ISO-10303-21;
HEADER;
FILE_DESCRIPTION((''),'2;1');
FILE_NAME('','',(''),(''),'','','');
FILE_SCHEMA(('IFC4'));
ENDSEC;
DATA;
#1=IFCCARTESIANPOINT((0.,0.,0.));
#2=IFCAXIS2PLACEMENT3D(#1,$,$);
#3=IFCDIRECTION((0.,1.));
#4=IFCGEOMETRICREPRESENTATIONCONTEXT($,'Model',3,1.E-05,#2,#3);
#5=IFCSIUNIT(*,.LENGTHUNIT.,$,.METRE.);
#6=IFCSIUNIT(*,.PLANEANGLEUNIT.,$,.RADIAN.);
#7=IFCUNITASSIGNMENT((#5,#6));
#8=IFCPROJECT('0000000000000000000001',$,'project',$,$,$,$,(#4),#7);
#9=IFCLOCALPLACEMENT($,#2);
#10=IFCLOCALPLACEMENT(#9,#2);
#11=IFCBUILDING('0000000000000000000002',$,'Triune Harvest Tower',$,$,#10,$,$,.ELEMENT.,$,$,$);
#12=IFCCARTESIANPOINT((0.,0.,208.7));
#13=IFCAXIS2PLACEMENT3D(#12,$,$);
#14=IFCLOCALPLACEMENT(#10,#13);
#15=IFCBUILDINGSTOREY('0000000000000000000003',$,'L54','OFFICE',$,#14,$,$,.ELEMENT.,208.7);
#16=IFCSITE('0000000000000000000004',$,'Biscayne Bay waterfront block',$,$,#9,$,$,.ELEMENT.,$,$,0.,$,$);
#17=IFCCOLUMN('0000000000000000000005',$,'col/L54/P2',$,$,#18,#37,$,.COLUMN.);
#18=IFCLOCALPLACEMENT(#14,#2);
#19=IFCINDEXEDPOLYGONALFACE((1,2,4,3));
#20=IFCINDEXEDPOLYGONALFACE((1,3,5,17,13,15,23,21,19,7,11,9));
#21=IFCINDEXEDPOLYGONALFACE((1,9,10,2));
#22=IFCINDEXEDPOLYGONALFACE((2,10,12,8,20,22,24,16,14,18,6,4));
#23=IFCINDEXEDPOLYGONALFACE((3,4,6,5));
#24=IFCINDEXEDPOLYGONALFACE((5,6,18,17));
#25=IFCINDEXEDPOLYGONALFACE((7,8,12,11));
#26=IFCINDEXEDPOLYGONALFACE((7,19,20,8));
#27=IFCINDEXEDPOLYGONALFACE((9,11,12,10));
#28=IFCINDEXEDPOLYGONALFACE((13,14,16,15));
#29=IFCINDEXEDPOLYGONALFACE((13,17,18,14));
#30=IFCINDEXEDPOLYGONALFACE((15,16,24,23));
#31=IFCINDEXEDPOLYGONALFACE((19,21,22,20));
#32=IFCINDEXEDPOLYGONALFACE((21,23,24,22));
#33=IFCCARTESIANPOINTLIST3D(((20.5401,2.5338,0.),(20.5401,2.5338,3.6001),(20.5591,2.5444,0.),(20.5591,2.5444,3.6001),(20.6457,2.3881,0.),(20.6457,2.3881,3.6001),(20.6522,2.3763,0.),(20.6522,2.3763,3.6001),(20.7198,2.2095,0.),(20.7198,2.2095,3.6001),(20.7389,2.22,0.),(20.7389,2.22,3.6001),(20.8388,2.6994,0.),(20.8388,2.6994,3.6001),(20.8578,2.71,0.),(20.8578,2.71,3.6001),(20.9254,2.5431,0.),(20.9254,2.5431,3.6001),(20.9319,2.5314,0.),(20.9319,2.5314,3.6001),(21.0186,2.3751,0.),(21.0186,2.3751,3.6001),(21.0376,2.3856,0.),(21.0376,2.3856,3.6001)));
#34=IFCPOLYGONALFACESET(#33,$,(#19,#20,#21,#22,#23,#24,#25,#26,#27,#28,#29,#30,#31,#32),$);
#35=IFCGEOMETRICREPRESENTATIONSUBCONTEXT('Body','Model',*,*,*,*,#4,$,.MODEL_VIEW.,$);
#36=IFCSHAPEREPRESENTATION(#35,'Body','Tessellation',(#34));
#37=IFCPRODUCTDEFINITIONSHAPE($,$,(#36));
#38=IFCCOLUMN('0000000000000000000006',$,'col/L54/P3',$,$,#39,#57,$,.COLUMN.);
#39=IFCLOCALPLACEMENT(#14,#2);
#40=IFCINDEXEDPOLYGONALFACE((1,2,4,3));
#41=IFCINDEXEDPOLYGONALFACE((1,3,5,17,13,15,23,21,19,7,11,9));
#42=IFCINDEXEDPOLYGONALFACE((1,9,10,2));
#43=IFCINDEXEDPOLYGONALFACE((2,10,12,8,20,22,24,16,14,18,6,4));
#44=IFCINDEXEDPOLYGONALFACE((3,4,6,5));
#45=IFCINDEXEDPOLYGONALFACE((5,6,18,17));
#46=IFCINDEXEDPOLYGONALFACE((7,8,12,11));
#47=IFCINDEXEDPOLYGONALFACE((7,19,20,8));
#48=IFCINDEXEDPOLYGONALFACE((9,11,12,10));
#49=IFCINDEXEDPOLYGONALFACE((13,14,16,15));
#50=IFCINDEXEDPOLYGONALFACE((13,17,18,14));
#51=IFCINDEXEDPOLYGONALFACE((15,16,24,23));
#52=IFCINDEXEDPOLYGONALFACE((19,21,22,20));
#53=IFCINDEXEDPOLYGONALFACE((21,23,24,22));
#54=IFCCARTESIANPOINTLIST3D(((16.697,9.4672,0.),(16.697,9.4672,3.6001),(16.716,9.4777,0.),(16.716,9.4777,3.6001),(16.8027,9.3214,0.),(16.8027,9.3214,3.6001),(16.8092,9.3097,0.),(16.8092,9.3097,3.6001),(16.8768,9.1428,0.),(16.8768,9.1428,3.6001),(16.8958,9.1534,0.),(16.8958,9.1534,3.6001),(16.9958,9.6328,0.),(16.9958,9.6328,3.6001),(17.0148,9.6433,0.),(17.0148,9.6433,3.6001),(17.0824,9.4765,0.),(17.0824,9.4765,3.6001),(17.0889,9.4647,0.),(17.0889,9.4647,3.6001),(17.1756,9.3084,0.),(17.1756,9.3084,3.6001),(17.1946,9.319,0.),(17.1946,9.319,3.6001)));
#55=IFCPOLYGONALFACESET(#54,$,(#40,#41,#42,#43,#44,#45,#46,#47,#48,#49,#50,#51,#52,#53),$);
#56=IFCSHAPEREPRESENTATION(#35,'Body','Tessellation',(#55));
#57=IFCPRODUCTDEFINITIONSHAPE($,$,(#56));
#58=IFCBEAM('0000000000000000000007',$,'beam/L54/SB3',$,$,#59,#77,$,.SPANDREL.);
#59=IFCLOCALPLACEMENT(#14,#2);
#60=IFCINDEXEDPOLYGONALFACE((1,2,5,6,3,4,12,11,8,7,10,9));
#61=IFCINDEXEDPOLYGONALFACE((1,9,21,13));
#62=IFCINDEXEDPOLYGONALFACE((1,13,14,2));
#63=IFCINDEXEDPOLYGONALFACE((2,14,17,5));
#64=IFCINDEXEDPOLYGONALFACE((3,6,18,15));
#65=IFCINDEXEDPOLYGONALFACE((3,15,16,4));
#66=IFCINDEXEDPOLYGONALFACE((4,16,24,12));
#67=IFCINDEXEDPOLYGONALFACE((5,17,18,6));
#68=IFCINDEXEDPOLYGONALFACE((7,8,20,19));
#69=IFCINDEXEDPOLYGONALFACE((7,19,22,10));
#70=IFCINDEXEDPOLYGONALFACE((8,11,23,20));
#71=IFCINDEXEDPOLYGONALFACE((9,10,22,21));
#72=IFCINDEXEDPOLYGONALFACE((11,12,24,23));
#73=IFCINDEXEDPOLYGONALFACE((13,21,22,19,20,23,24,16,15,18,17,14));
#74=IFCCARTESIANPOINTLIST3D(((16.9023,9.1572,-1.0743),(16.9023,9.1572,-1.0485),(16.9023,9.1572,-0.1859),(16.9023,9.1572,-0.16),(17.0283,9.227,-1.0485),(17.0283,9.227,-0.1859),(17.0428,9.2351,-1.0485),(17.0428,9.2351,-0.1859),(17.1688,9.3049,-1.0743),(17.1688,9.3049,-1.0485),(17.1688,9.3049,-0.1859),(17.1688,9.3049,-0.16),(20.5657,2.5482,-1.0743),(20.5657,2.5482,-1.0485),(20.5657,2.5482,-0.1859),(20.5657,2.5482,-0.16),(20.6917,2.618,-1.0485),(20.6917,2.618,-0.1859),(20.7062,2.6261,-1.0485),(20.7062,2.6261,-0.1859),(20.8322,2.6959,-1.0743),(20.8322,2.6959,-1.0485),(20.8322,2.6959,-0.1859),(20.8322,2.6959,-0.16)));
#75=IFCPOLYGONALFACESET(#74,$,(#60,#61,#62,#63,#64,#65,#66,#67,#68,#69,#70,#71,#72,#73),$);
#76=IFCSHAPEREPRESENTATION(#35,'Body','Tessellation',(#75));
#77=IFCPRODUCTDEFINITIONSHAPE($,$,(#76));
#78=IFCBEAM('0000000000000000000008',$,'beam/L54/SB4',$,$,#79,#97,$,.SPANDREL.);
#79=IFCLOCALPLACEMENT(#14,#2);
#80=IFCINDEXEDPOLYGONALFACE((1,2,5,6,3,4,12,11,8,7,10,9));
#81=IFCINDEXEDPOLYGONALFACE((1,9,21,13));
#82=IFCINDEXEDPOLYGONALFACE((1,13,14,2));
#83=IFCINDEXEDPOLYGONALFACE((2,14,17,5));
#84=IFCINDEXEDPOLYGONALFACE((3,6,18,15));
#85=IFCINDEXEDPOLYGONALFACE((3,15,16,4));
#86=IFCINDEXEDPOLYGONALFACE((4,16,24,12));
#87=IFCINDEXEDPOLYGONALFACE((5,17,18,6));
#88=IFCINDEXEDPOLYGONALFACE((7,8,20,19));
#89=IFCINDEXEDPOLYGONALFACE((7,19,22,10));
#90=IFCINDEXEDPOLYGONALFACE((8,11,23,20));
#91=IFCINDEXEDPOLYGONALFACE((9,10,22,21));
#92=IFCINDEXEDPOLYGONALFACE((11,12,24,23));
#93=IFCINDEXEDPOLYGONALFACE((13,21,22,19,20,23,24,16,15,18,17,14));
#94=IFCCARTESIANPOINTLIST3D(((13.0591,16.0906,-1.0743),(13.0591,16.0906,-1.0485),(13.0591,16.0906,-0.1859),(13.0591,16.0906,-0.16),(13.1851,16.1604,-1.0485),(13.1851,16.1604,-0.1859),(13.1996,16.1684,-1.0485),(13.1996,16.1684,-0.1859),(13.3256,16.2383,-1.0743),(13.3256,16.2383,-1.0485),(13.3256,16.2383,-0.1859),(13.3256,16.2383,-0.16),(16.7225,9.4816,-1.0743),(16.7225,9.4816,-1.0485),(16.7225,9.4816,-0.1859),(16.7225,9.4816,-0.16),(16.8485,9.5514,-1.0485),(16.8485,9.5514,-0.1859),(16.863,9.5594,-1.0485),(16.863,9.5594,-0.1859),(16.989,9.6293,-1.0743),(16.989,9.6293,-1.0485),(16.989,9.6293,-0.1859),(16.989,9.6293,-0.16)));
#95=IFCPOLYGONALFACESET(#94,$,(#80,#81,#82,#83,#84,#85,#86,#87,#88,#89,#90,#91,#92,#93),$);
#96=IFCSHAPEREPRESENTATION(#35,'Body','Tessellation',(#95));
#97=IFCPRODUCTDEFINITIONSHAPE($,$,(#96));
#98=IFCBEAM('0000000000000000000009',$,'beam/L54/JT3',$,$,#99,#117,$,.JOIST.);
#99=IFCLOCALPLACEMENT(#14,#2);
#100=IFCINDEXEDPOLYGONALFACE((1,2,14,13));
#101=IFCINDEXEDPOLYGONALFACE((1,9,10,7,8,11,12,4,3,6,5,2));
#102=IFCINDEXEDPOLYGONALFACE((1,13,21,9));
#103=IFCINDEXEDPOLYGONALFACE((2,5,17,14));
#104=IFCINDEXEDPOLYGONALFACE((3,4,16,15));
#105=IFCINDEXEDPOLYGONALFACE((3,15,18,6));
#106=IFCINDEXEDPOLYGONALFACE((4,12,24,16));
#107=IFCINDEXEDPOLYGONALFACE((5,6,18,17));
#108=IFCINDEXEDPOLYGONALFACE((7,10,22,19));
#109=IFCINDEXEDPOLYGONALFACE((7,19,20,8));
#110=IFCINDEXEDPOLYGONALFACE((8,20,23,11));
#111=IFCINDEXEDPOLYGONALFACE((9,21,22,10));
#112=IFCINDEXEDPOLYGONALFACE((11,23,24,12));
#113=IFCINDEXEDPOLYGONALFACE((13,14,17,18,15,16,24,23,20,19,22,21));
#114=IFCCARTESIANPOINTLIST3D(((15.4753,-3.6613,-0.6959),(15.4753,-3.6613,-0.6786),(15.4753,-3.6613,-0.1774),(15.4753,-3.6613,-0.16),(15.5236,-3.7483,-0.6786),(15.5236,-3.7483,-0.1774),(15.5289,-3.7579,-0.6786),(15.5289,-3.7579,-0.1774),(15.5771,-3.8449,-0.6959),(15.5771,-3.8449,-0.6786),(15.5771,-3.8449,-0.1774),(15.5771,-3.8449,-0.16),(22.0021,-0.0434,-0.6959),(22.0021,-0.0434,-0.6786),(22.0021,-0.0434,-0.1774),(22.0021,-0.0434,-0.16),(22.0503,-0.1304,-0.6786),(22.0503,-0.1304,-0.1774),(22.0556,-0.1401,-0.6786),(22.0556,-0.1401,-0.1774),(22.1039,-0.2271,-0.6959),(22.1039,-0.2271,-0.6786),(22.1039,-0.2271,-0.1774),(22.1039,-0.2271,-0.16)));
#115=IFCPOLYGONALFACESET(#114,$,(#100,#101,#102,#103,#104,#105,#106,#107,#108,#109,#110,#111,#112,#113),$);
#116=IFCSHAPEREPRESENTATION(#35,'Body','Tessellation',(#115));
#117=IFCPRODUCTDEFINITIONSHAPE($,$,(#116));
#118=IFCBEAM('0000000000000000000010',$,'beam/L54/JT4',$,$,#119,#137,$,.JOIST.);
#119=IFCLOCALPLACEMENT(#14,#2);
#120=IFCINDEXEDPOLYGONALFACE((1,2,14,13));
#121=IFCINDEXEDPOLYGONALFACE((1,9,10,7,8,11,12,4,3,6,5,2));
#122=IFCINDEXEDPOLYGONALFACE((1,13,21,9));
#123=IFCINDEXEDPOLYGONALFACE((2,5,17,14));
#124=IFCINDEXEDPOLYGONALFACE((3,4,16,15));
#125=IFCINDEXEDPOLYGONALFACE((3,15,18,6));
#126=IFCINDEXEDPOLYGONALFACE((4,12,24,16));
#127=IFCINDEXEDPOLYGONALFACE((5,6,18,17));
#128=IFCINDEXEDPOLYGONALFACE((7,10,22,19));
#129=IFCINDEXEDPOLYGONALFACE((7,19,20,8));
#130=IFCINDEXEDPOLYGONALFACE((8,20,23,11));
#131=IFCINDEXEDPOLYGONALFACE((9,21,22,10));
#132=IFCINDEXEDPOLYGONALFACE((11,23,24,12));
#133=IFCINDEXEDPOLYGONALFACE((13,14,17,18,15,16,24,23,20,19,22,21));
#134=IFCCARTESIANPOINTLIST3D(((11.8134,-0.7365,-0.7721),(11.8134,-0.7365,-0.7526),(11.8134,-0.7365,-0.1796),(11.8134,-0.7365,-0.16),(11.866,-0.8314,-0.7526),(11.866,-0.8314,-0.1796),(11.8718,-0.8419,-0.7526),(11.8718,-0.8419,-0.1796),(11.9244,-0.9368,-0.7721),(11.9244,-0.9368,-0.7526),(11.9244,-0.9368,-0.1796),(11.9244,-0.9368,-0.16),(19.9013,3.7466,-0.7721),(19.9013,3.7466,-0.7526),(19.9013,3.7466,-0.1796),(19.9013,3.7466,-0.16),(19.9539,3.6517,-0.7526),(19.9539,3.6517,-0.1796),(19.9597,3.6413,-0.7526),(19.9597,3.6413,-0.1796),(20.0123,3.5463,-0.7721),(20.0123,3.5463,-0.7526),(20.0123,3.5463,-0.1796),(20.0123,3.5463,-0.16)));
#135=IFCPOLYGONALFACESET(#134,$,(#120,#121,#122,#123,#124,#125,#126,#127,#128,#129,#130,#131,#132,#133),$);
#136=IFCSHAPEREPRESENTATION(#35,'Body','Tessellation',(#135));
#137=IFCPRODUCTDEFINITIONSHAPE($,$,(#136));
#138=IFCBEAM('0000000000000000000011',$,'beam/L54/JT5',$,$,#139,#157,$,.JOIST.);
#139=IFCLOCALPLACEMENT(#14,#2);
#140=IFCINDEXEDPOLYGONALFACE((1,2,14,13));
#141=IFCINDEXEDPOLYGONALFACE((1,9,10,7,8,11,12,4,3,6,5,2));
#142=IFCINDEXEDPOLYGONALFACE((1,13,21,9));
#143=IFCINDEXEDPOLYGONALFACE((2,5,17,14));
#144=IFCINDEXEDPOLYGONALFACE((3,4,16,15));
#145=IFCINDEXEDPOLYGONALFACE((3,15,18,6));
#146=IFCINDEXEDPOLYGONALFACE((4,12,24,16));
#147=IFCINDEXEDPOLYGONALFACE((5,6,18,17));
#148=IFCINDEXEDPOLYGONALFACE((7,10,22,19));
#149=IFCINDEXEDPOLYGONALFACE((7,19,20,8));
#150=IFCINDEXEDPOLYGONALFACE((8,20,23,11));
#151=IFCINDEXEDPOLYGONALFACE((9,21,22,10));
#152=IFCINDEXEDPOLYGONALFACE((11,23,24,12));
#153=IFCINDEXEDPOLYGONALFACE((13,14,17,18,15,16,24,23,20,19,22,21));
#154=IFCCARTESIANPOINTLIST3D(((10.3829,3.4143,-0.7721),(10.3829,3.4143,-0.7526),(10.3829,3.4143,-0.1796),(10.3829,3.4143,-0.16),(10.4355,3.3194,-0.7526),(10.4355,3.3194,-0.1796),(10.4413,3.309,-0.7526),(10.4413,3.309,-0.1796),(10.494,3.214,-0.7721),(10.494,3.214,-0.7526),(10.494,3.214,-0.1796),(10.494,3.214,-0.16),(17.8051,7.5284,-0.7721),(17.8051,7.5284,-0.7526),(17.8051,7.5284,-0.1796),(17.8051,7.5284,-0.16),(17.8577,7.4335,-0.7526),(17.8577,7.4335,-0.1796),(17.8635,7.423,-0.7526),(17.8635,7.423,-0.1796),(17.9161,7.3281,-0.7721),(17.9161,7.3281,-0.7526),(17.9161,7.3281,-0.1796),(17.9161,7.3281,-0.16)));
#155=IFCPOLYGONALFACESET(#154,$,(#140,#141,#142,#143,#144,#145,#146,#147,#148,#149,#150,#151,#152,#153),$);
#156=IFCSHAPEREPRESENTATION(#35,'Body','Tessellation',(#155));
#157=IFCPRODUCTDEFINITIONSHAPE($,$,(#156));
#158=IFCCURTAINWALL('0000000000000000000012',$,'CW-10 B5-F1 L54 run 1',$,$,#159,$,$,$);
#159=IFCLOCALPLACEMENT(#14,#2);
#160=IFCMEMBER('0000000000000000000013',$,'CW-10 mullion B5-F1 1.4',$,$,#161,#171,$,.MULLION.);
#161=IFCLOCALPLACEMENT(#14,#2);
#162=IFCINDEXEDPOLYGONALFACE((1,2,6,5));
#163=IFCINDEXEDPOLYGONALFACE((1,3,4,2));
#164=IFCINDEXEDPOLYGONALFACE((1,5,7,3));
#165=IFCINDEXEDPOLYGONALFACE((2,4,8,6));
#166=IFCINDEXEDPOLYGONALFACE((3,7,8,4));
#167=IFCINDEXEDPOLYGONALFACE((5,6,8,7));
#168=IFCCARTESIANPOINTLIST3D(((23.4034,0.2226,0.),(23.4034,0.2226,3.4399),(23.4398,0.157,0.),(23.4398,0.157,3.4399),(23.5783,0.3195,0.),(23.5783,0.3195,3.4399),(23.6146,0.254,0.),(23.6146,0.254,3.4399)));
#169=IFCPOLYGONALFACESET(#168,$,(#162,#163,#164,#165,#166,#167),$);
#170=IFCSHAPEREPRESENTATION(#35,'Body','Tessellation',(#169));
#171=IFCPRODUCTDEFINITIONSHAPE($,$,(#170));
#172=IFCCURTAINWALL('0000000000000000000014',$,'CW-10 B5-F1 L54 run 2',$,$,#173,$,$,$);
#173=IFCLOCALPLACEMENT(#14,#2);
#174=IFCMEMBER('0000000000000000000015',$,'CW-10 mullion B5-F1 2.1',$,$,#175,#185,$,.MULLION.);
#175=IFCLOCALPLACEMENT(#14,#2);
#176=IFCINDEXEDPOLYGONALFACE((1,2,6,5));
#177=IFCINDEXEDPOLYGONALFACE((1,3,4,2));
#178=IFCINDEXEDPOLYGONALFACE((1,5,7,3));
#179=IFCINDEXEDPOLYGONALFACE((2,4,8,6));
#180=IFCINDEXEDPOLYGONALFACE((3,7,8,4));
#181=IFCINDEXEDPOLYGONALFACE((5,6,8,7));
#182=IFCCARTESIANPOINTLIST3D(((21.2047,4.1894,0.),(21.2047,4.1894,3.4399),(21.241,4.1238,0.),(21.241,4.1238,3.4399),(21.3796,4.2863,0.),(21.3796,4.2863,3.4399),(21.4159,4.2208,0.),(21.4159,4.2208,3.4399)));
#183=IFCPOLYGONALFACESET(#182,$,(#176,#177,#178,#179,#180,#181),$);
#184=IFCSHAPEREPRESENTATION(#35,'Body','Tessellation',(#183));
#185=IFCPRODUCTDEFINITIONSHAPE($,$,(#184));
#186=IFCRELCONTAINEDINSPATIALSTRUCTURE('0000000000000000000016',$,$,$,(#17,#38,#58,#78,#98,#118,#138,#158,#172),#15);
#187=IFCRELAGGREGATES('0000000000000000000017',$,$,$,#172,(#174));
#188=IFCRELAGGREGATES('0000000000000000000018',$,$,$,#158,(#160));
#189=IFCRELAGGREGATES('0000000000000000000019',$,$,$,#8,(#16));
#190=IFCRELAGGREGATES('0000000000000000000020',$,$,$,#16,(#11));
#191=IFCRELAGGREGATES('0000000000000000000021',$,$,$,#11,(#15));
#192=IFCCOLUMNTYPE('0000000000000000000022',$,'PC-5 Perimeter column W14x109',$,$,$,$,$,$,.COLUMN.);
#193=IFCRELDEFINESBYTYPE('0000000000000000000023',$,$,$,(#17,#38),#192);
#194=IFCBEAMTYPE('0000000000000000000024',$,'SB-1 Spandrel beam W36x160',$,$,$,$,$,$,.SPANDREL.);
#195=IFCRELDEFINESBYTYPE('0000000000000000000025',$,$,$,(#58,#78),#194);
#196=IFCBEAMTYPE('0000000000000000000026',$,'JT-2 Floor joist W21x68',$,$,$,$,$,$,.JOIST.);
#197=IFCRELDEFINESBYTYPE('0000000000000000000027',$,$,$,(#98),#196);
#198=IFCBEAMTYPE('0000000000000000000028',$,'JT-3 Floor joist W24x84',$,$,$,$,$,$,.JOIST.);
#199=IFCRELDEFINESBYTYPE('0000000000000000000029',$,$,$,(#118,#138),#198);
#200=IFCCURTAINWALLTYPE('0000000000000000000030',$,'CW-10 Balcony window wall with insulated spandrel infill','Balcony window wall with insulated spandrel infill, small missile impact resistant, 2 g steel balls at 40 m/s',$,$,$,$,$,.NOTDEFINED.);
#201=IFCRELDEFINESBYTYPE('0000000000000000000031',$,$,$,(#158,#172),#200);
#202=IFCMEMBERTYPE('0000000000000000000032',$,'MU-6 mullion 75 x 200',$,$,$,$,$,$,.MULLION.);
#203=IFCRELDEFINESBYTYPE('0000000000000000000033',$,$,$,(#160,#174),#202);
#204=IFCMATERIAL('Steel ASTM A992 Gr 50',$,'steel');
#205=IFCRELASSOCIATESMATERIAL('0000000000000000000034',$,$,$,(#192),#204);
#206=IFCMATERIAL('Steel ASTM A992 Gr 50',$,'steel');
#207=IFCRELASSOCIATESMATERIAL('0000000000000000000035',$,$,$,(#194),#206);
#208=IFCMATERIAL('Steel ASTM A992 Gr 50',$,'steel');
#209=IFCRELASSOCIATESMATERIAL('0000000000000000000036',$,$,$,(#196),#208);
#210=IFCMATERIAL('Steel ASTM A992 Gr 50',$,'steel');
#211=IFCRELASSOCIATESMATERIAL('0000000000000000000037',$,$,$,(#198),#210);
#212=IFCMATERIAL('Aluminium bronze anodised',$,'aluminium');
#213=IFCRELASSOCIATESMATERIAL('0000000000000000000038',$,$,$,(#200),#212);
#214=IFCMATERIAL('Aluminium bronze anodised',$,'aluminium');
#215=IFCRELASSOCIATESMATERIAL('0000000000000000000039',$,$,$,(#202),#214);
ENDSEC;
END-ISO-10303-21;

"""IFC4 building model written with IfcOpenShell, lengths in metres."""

from ifc_helpers import new_model, si_unit, direction, frame, origin, origin_2d, place, context, subcontext, project, spatial, rectangle, i_section, extrude, source, transform, mapped, material, material_profile, profile_set, type_object, element, aggregate, save


model = new_model("IFC4")

# Units and contexts
model_context = context("Model", 3, precision=1e-05, world=origin(), true_north=direction((0.0, 1.0)))
body_context = subcontext(model_context, "Body", "Model", "MODEL_VIEW")
ifc_project = project(units=[si_unit("LENGTHUNIT", "METRE"), si_unit("PLANEANGLEUNIT", "RADIAN")], contexts=[model_context])

# Site, building, storey
site_placement = place(None, origin())
site = spatial("IfcSite", under=ifc_project, at=site_placement, Name="Biscayne Bay waterfront block", CompositionType="ELEMENT", RefElevation=0.0)
building_placement = place(site_placement, origin())
building = spatial("IfcBuilding", under=site, at=building_placement, Name="Triune Harvest Tower", CompositionType="ELEMENT")
storey_placement = place(building_placement, frame((0.0, 0.0, 208.7)))
storey = spatial("IfcBuildingStorey", under=building, at=storey_placement, Name="L54", Description="OFFICE", CompositionType="ELEMENT", Elevation=208.7)

# Columns
ifc_material_1 = material(Name="Steel ASTM A992 Gr 50", Category="steel")
ifc_material_profile_1 = material_profile(ifc_material_1, i_section(OverallWidth=0.3708, OverallDepth=0.3633, WebThickness=0.0134, FlangeThickness=0.0217, at=origin_2d()), Name="W14x109")
ifc_profile_set_1 = profile_set([ifc_material_profile_1], Name="Steel ASTM A992 Gr 50")
column_type = type_object("IfcColumnType", Name="PC-5 Perimeter column W14x109", PredefinedType="COLUMN", material=ifc_profile_set_1)
shared_shape_1 = source(origin(), body_context, "Body", "SweptSolid", [
    extrude(i_section(OverallWidth=0.3708, OverallDepth=0.3633, WebThickness=0.0134, FlangeThickness=0.0217, at=origin_2d()), origin(), (0.0, 0.0, 1.0), 3.6001),
])
for number, where, z_axis, x_axis, name in (
    (1, (20.7888, 2.4597, 0.0), (0.0, 0.0, 1.0), (-0.48481, 0.87462, 0.0), "col/L54/P2"),
    (2, (16.9458, 9.3931, 0.0), (0.0, 0.0, 1.0), (-0.48481, 0.87462, 0.0), "col/L54/P3"),
):
    element("IfcColumn", number, at=place(storey_placement, frame(where, z_axis=z_axis, x_axis=x_axis)), inside=storey, type_object=column_type, Name=name, PredefinedType="COLUMN", context=body_context, shape_type="MappedRepresentation", body=[
        mapped(shared_shape_1, transform((0.0, 0.0, 0.0), scale=1.0)),
    ])

# Beams
ifc_material_2 = material(Name="Steel ASTM A992 Gr 50", Category="steel")
ifc_material_profile_2 = material_profile(ifc_material_2, i_section(OverallWidth=0.3047, OverallDepth=0.9143, WebThickness=0.0166, FlangeThickness=0.0259, at=origin_2d()), Name="W36x160")
ifc_profile_set_2 = profile_set([ifc_material_profile_2], Name="Steel ASTM A992 Gr 50")
beam_type_1 = type_object("IfcBeamType", Name="SB-1 Spandrel beam W36x160", PredefinedType="SPANDREL", material=ifc_profile_set_2)
shared_shape_2 = source(origin(), body_context, "Body", "SweptSolid", [
    extrude(i_section(OverallWidth=0.3047, OverallDepth=0.9143, WebThickness=0.0166, FlangeThickness=0.0259, at=origin_2d()), origin(), (0.0, 0.0, 1.0), 7.5564),
])
for number, where, z_axis, x_axis, name in (
    (3, (20.699, 2.6221, -0.6172), (-0.484806, 0.874622, 0.0), (-0.874622, -0.484806, 0.0), "beam/L54/SB3"),
    (4, (16.8557, 9.5554, -0.6172), (-0.484806, 0.874622, 0.0), (-0.874622, -0.484806, 0.0), "beam/L54/SB4"),
):
    element("IfcBeam", number, at=place(storey_placement, frame(where, z_axis=z_axis, x_axis=x_axis)), inside=storey, type_object=beam_type_1, Name=name, PredefinedType="SPANDREL", context=body_context, shape_type="MappedRepresentation", body=[
        mapped(shared_shape_2, transform((0.0, 0.0, 0.0), scale=1.0)),
    ])
ifc_material_3 = material(Name="Steel ASTM A992 Gr 50", Category="steel")
ifc_material_profile_3 = material_profile(ifc_material_3, i_section(OverallWidth=0.21, OverallDepth=0.5359, WebThickness=0.011, FlangeThickness=0.0173, at=origin_2d()), Name="W21x68")
ifc_profile_set_3 = profile_set([ifc_material_profile_3], Name="Steel ASTM A992 Gr 50")
beam_type_2 = type_object("IfcBeamType", Name="JT-2 Floor joist W21x68", PredefinedType="JOIST", material=ifc_profile_set_3)
shared_shape_3 = source(origin(), body_context, "Body", "SweptSolid", [
    extrude(i_section(OverallWidth=0.21, OverallDepth=0.5359, WebThickness=0.011, FlangeThickness=0.0173, at=origin_2d()), origin(), (0.0, 0.0, 1.0), 7.4624),
])
beam_1_placement = place(storey_placement, frame((22.053, -0.1353, -0.428), z_axis=(-0.874618, -0.484812, 0.0), x_axis=(0.484812, -0.874618, 0.0)))
element("IfcBeam", 5, at=beam_1_placement, inside=storey, type_object=beam_type_2, Name="beam/L54/JT3", PredefinedType="JOIST", context=body_context, shape_type="MappedRepresentation", body=[
    mapped(shared_shape_3, transform((0.0, 0.0, 0.0), scale=1.0)),
])
ifc_material_4 = material(Name="Steel ASTM A992 Gr 50", Category="steel")
ifc_material_profile_4 = material_profile(ifc_material_4, i_section(OverallWidth=0.229, OverallDepth=0.6121, WebThickness=0.012, FlangeThickness=0.0195, at=origin_2d()), Name="W24x84")
ifc_profile_set_4 = profile_set([ifc_material_profile_4], Name="Steel ASTM A992 Gr 50")
beam_type_3 = type_object("IfcBeamType", Name="JT-3 Floor joist W24x84", PredefinedType="JOIST", material=ifc_profile_set_4)
shared_shape_4 = source(origin(), body_context, "Body", "SweptSolid", [
    extrude(i_section(OverallWidth=0.229, OverallDepth=0.6121, WebThickness=0.012, FlangeThickness=0.0195, at=origin_2d()), origin(), (0.0, 0.0, 1.0), 9.2473),
])
beam_2_placement = place(storey_placement, frame((19.9568, 3.6465, -0.4661), z_axis=(-0.874621, -0.484807, 0.0), x_axis=(0.484807, -0.874621, 0.0)))
element("IfcBeam", 6, at=beam_2_placement, inside=storey, type_object=beam_type_3, Name="beam/L54/JT4", PredefinedType="JOIST", context=body_context, shape_type="MappedRepresentation", body=[
    mapped(shared_shape_4, transform((0.0, 0.0, 0.0), scale=1.0)),
])
shared_shape_5 = source(origin(), body_context, "Body", "SweptSolid", [
    extrude(i_section(OverallWidth=0.229, OverallDepth=0.6121, WebThickness=0.012, FlangeThickness=0.0195, at=origin_2d()), origin(), (0.0, 0.0, 1.0), 8.4861),
])
beam_3_placement = place(storey_placement, frame((17.8606, 7.4282, -0.4661), z_axis=(-0.874626, -0.484798, 0.0), x_axis=(0.484798, -0.874626, 0.0)))
element("IfcBeam", 7, at=beam_3_placement, inside=storey, type_object=beam_type_3, Name="beam/L54/JT5", PredefinedType="JOIST", context=body_context, shape_type="MappedRepresentation", body=[
    mapped(shared_shape_5, transform((0.0, 0.0, 0.0), scale=1.0)),
])

# Curtain wall, member
ifc_material_5 = material(Name="Aluminium bronze anodised", Category="aluminium")
curtain_wall_type_1 = type_object("IfcCurtainWallType", Name="CW-10 Balcony window wall with insulated spandrel infill", Description="Balcony window wall with insulated spandrel infill, small missile impact resistant, 2 g steel balls at 40 m/s", PredefinedType="NOTDEFINED", material=ifc_material_5)
curtain_wall_1_placement = place(storey_placement, origin())
curtain_wall_1 = element("IfcCurtainWall", 8, at=curtain_wall_1_placement, inside=storey, type_object=curtain_wall_type_1, Name="CW-10 B5-F1 L54 run 1")
ifc_material_6 = material(Name="Aluminium bronze anodised", Category="aluminium")
ifc_material_profile_5 = material_profile(ifc_material_6, rectangle(XDim=0.2, YDim=0.075, at=origin_2d()), Name="MU-6 mullion 75 x 200")
ifc_profile_set_5 = profile_set([ifc_material_profile_5], Name="Aluminium bronze anodised")
member_type_1 = type_object("IfcMemberType", Name="MU-6 mullion 75 x 200", PredefinedType="MULLION", material=ifc_profile_set_5)
shared_shape_6 = source(origin(), body_context, "Body", "SweptSolid", [
    extrude(rectangle(XDim=0.2, YDim=0.075, at=origin_2d()), origin(), (0.0, 0.0, 1.0), 3.4399),
])
member_1_placement = place(storey_placement, frame((23.509, 0.2383, 0.0), z_axis=(0.0, 0.0, 1.0), x_axis=(-0.87462, -0.484808, 0.0)))
member_1 = element("IfcMember", 9, at=member_1_placement, type_object=member_type_1, Name="CW-10 mullion B5-F1 1.4", PredefinedType="MULLION", context=body_context, shape_type="MappedRepresentation", body=[
    mapped(shared_shape_6, transform((0.0, 0.0, 0.0), scale=1.0)),
])

# Curtain wall, member
curtain_wall_2_placement = place(storey_placement, origin())
curtain_wall_2 = element("IfcCurtainWall", 10, at=curtain_wall_2_placement, inside=storey, type_object=curtain_wall_type_1, Name="CW-10 B5-F1 L54 run 2")
member_2_placement = place(storey_placement, frame((21.3103, 4.2051, 0.0), z_axis=(0.0, 0.0, 1.0), x_axis=(-0.874626, -0.484799, 0.0)))
member_2 = element("IfcMember", 11, at=member_2_placement, type_object=member_type_1, Name="CW-10 mullion B5-F1 2.1", PredefinedType="MULLION", context=body_context, shape_type="MappedRepresentation", body=[
    mapped(shared_shape_6, transform((0.0, 0.0, 0.0), scale=1.0)),
])

aggregate(curtain_wall_2, [member_2])
aggregate(curtain_wall_1, [member_1])

save(model, "model.ifc")
